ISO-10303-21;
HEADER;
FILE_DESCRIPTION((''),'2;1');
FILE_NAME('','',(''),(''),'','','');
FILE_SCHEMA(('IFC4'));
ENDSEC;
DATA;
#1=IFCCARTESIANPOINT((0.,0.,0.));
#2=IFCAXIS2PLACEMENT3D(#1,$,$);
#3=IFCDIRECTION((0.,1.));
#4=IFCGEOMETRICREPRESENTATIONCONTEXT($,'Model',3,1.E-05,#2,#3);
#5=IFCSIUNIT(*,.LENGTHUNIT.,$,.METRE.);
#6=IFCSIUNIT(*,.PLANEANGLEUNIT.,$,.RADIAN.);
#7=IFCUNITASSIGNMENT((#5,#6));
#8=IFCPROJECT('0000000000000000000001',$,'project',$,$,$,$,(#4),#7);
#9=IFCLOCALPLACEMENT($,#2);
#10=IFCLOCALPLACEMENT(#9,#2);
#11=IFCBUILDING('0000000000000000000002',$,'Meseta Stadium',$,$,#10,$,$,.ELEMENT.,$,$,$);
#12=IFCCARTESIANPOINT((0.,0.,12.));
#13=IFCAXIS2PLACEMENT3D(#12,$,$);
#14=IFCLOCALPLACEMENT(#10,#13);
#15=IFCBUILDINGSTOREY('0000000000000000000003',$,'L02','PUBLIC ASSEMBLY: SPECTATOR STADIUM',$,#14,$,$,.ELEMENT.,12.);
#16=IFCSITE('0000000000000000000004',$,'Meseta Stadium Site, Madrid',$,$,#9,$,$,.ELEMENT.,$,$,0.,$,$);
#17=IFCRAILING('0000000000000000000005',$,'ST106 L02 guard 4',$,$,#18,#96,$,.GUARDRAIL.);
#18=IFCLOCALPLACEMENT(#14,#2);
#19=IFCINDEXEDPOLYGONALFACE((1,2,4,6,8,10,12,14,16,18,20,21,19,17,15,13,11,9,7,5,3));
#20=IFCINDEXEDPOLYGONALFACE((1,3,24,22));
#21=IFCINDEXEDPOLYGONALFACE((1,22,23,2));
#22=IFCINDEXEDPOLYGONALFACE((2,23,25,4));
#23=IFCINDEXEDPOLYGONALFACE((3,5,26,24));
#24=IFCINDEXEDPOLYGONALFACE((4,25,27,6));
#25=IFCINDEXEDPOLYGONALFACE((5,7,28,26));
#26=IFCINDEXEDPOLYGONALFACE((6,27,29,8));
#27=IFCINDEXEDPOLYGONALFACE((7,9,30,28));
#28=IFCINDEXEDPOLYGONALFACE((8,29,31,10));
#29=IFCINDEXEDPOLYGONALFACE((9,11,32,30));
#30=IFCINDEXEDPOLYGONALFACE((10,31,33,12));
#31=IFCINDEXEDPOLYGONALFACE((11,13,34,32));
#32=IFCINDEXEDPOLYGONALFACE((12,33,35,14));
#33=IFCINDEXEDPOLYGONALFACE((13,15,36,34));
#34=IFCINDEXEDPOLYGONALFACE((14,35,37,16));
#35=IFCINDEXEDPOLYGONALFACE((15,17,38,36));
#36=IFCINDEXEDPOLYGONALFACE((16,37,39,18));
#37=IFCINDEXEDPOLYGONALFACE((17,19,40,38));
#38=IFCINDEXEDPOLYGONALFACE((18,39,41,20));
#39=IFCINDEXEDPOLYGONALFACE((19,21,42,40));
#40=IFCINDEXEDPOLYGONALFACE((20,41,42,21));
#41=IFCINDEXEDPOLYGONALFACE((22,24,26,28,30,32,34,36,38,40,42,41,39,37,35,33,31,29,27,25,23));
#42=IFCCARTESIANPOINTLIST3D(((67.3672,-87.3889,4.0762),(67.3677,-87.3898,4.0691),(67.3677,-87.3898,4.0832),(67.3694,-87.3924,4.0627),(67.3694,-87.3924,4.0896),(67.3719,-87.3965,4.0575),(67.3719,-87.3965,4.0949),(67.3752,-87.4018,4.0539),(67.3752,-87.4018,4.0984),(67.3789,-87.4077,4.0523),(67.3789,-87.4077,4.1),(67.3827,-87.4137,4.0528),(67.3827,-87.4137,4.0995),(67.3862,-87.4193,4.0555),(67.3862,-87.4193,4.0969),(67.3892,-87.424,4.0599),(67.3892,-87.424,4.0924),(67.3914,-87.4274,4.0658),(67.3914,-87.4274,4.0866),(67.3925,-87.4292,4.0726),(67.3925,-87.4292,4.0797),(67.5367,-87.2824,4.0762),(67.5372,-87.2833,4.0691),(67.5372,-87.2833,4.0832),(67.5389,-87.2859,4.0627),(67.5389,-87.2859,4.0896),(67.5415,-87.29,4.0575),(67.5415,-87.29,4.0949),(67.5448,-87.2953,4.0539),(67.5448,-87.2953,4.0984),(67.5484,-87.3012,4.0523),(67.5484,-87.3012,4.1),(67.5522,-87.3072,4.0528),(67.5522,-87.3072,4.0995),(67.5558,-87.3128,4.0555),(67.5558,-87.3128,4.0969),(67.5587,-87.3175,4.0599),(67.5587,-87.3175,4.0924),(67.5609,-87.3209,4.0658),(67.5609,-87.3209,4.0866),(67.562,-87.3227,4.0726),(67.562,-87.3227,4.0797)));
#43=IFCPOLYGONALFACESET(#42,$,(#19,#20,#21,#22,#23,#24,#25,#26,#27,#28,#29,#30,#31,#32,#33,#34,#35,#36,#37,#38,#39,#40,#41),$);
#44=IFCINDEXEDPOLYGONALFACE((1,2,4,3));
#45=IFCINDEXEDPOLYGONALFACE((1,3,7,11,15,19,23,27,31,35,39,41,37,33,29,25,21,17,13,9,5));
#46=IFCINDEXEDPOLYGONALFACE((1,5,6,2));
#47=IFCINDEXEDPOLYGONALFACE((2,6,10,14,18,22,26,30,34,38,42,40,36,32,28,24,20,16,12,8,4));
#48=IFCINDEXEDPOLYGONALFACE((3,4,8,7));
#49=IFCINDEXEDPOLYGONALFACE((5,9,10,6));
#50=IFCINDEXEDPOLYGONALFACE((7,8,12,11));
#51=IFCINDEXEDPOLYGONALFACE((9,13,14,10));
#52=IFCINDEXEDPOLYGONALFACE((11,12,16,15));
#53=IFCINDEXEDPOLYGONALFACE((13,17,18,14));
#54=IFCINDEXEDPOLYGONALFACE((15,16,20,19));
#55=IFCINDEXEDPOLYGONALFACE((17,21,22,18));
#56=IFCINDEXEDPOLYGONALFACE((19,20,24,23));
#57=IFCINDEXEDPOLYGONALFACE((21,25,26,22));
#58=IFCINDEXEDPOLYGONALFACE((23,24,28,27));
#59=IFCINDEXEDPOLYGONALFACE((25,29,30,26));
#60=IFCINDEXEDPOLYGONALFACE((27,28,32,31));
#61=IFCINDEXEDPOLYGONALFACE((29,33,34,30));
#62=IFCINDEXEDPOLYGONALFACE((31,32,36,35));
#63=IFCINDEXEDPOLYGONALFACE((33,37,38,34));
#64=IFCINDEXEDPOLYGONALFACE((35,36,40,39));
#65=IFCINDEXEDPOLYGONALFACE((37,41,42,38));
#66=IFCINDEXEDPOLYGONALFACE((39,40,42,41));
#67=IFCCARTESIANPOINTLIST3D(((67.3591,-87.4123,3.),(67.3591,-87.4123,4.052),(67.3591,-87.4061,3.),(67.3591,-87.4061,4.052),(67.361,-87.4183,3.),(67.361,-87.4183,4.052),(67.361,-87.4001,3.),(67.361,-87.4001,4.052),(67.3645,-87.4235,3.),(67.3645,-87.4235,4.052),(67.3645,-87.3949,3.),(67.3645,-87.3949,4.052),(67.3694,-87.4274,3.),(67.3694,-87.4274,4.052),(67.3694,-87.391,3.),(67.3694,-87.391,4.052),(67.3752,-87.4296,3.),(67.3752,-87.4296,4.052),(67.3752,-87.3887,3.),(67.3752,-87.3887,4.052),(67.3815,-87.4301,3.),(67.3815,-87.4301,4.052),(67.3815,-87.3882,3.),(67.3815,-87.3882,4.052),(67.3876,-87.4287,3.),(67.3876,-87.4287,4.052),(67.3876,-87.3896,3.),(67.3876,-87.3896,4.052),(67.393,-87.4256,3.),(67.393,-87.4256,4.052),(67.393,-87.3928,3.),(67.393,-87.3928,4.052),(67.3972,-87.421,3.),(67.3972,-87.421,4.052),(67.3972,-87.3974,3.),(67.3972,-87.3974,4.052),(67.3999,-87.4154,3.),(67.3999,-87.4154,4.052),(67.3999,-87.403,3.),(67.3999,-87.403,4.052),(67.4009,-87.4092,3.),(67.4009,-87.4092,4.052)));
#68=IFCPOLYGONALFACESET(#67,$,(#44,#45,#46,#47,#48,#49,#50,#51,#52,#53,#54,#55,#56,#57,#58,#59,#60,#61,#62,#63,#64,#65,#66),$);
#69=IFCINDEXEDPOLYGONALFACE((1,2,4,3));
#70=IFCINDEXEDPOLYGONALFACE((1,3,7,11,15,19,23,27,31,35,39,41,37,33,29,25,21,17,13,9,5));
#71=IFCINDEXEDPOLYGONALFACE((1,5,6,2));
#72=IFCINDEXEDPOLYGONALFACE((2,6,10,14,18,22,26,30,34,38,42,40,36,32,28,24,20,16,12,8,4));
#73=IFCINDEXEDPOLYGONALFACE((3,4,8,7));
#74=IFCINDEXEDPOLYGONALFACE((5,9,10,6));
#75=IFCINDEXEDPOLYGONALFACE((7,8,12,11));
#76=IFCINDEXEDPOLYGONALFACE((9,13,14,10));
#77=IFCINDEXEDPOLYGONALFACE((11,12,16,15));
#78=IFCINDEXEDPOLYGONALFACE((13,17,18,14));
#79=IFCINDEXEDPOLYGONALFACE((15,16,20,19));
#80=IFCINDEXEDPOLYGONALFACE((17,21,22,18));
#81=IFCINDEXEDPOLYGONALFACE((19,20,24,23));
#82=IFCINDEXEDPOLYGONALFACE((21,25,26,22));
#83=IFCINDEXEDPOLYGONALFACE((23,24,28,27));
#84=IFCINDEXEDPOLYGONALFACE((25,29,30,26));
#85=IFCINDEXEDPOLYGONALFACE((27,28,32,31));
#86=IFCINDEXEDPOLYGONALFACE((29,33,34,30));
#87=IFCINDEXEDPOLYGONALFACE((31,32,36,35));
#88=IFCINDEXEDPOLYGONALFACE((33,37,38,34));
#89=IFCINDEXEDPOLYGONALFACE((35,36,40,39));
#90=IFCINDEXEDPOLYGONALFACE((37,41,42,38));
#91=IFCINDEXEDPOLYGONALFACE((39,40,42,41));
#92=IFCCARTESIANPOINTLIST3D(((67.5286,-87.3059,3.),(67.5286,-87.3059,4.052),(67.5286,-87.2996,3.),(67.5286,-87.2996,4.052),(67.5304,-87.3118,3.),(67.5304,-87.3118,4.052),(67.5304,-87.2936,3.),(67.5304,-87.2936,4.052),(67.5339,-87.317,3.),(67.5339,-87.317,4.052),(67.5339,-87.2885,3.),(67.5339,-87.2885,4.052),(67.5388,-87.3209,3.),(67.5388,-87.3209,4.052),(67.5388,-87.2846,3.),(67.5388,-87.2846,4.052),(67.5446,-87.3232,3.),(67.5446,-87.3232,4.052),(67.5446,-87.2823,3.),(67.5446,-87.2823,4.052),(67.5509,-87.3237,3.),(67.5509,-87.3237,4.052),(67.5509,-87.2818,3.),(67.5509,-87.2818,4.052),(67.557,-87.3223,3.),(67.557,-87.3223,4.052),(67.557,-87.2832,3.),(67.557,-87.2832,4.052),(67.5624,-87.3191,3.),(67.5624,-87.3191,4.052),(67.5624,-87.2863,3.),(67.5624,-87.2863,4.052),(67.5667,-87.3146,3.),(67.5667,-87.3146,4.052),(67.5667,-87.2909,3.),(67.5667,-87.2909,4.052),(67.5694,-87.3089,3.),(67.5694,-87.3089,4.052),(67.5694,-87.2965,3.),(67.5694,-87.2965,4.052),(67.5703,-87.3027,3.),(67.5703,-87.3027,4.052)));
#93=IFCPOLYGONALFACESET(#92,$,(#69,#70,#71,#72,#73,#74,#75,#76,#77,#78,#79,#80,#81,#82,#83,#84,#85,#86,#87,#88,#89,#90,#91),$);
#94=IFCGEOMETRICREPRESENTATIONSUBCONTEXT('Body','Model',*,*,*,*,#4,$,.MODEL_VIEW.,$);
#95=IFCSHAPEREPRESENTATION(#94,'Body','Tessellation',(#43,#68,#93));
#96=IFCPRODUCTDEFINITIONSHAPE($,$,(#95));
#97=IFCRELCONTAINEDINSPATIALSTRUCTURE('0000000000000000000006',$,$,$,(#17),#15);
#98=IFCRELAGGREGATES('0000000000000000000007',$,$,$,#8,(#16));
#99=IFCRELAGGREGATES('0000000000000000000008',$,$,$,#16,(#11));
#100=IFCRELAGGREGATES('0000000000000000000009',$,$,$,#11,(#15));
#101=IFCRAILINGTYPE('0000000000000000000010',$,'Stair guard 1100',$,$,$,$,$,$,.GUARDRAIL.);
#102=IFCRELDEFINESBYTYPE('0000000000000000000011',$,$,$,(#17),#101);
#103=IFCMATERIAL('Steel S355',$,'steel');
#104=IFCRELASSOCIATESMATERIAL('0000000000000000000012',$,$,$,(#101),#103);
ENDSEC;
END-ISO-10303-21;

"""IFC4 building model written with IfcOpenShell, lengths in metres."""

from ifc_helpers import new_model, si_unit, direction, frame, origin, origin_2d, place, context, subcontext, project, spatial, circle, extrude, material, type_object, element, save


model = new_model("IFC4")

# Units and contexts
model_context = context("Model", 3, precision=1e-05, world=origin(), true_north=direction((0.0, 1.0)))
body_context = subcontext(model_context, "Body", "Model", "MODEL_VIEW")
ifc_project = project(units=[si_unit("LENGTHUNIT", "METRE"), si_unit("PLANEANGLEUNIT", "RADIAN")], contexts=[model_context])

# Site, building, storey
site_placement = place(None, origin())
site = spatial("IfcSite", under=ifc_project, at=site_placement, Name="Meseta Stadium Site, Madrid", CompositionType="ELEMENT", RefElevation=0.0)
building_placement = place(site_placement, origin())
building = spatial("IfcBuilding", under=site, at=building_placement, Name="Meseta Stadium", CompositionType="ELEMENT")
storey_placement = place(building_placement, frame((0.0, 0.0, 12.0)))
storey = spatial("IfcBuildingStorey", under=building, at=storey_placement, Name="L02", Description="PUBLIC ASSEMBLY: SPECTATOR STADIUM", CompositionType="ELEMENT", Elevation=12.0)

# Railing
ifc_material_1 = material(Name="Steel S355", Category="steel")
railing_type_1 = type_object("IfcRailingType", Name="Stair guard 1100", PredefinedType="GUARDRAIL", material=ifc_material_1)
railing_1_placement = place(storey_placement, frame((67.3799, -87.4092, 3.0)))
element("IfcRailing", 1, at=railing_1_placement, inside=storey, type_object=railing_type_1, Name="ST106 L02 guard 4", PredefinedType="GUARDRAIL", context=body_context, shape_type="SweptSolid", body=[
    extrude(circle(Radius=0.0239, at=origin_2d()), frame((0.0, 0.0, 1.0762), z_axis=(0.846762, 0.531972, 0.0), x_axis=(-0.531972, 0.846762, 0.0)), (0.0, 0.0, 1.0), 0.2002),
    extrude(circle(Radius=0.021, at=origin_2d()), origin(), (0.0, 0.0, 1.0), 1.052),
    extrude(circle(Radius=0.021, at=origin_2d()), frame((0.1694, 0.1064, 0.0)), (0.0, 0.0, 1.0), 1.052),
])

save(model, "model.ifc")
